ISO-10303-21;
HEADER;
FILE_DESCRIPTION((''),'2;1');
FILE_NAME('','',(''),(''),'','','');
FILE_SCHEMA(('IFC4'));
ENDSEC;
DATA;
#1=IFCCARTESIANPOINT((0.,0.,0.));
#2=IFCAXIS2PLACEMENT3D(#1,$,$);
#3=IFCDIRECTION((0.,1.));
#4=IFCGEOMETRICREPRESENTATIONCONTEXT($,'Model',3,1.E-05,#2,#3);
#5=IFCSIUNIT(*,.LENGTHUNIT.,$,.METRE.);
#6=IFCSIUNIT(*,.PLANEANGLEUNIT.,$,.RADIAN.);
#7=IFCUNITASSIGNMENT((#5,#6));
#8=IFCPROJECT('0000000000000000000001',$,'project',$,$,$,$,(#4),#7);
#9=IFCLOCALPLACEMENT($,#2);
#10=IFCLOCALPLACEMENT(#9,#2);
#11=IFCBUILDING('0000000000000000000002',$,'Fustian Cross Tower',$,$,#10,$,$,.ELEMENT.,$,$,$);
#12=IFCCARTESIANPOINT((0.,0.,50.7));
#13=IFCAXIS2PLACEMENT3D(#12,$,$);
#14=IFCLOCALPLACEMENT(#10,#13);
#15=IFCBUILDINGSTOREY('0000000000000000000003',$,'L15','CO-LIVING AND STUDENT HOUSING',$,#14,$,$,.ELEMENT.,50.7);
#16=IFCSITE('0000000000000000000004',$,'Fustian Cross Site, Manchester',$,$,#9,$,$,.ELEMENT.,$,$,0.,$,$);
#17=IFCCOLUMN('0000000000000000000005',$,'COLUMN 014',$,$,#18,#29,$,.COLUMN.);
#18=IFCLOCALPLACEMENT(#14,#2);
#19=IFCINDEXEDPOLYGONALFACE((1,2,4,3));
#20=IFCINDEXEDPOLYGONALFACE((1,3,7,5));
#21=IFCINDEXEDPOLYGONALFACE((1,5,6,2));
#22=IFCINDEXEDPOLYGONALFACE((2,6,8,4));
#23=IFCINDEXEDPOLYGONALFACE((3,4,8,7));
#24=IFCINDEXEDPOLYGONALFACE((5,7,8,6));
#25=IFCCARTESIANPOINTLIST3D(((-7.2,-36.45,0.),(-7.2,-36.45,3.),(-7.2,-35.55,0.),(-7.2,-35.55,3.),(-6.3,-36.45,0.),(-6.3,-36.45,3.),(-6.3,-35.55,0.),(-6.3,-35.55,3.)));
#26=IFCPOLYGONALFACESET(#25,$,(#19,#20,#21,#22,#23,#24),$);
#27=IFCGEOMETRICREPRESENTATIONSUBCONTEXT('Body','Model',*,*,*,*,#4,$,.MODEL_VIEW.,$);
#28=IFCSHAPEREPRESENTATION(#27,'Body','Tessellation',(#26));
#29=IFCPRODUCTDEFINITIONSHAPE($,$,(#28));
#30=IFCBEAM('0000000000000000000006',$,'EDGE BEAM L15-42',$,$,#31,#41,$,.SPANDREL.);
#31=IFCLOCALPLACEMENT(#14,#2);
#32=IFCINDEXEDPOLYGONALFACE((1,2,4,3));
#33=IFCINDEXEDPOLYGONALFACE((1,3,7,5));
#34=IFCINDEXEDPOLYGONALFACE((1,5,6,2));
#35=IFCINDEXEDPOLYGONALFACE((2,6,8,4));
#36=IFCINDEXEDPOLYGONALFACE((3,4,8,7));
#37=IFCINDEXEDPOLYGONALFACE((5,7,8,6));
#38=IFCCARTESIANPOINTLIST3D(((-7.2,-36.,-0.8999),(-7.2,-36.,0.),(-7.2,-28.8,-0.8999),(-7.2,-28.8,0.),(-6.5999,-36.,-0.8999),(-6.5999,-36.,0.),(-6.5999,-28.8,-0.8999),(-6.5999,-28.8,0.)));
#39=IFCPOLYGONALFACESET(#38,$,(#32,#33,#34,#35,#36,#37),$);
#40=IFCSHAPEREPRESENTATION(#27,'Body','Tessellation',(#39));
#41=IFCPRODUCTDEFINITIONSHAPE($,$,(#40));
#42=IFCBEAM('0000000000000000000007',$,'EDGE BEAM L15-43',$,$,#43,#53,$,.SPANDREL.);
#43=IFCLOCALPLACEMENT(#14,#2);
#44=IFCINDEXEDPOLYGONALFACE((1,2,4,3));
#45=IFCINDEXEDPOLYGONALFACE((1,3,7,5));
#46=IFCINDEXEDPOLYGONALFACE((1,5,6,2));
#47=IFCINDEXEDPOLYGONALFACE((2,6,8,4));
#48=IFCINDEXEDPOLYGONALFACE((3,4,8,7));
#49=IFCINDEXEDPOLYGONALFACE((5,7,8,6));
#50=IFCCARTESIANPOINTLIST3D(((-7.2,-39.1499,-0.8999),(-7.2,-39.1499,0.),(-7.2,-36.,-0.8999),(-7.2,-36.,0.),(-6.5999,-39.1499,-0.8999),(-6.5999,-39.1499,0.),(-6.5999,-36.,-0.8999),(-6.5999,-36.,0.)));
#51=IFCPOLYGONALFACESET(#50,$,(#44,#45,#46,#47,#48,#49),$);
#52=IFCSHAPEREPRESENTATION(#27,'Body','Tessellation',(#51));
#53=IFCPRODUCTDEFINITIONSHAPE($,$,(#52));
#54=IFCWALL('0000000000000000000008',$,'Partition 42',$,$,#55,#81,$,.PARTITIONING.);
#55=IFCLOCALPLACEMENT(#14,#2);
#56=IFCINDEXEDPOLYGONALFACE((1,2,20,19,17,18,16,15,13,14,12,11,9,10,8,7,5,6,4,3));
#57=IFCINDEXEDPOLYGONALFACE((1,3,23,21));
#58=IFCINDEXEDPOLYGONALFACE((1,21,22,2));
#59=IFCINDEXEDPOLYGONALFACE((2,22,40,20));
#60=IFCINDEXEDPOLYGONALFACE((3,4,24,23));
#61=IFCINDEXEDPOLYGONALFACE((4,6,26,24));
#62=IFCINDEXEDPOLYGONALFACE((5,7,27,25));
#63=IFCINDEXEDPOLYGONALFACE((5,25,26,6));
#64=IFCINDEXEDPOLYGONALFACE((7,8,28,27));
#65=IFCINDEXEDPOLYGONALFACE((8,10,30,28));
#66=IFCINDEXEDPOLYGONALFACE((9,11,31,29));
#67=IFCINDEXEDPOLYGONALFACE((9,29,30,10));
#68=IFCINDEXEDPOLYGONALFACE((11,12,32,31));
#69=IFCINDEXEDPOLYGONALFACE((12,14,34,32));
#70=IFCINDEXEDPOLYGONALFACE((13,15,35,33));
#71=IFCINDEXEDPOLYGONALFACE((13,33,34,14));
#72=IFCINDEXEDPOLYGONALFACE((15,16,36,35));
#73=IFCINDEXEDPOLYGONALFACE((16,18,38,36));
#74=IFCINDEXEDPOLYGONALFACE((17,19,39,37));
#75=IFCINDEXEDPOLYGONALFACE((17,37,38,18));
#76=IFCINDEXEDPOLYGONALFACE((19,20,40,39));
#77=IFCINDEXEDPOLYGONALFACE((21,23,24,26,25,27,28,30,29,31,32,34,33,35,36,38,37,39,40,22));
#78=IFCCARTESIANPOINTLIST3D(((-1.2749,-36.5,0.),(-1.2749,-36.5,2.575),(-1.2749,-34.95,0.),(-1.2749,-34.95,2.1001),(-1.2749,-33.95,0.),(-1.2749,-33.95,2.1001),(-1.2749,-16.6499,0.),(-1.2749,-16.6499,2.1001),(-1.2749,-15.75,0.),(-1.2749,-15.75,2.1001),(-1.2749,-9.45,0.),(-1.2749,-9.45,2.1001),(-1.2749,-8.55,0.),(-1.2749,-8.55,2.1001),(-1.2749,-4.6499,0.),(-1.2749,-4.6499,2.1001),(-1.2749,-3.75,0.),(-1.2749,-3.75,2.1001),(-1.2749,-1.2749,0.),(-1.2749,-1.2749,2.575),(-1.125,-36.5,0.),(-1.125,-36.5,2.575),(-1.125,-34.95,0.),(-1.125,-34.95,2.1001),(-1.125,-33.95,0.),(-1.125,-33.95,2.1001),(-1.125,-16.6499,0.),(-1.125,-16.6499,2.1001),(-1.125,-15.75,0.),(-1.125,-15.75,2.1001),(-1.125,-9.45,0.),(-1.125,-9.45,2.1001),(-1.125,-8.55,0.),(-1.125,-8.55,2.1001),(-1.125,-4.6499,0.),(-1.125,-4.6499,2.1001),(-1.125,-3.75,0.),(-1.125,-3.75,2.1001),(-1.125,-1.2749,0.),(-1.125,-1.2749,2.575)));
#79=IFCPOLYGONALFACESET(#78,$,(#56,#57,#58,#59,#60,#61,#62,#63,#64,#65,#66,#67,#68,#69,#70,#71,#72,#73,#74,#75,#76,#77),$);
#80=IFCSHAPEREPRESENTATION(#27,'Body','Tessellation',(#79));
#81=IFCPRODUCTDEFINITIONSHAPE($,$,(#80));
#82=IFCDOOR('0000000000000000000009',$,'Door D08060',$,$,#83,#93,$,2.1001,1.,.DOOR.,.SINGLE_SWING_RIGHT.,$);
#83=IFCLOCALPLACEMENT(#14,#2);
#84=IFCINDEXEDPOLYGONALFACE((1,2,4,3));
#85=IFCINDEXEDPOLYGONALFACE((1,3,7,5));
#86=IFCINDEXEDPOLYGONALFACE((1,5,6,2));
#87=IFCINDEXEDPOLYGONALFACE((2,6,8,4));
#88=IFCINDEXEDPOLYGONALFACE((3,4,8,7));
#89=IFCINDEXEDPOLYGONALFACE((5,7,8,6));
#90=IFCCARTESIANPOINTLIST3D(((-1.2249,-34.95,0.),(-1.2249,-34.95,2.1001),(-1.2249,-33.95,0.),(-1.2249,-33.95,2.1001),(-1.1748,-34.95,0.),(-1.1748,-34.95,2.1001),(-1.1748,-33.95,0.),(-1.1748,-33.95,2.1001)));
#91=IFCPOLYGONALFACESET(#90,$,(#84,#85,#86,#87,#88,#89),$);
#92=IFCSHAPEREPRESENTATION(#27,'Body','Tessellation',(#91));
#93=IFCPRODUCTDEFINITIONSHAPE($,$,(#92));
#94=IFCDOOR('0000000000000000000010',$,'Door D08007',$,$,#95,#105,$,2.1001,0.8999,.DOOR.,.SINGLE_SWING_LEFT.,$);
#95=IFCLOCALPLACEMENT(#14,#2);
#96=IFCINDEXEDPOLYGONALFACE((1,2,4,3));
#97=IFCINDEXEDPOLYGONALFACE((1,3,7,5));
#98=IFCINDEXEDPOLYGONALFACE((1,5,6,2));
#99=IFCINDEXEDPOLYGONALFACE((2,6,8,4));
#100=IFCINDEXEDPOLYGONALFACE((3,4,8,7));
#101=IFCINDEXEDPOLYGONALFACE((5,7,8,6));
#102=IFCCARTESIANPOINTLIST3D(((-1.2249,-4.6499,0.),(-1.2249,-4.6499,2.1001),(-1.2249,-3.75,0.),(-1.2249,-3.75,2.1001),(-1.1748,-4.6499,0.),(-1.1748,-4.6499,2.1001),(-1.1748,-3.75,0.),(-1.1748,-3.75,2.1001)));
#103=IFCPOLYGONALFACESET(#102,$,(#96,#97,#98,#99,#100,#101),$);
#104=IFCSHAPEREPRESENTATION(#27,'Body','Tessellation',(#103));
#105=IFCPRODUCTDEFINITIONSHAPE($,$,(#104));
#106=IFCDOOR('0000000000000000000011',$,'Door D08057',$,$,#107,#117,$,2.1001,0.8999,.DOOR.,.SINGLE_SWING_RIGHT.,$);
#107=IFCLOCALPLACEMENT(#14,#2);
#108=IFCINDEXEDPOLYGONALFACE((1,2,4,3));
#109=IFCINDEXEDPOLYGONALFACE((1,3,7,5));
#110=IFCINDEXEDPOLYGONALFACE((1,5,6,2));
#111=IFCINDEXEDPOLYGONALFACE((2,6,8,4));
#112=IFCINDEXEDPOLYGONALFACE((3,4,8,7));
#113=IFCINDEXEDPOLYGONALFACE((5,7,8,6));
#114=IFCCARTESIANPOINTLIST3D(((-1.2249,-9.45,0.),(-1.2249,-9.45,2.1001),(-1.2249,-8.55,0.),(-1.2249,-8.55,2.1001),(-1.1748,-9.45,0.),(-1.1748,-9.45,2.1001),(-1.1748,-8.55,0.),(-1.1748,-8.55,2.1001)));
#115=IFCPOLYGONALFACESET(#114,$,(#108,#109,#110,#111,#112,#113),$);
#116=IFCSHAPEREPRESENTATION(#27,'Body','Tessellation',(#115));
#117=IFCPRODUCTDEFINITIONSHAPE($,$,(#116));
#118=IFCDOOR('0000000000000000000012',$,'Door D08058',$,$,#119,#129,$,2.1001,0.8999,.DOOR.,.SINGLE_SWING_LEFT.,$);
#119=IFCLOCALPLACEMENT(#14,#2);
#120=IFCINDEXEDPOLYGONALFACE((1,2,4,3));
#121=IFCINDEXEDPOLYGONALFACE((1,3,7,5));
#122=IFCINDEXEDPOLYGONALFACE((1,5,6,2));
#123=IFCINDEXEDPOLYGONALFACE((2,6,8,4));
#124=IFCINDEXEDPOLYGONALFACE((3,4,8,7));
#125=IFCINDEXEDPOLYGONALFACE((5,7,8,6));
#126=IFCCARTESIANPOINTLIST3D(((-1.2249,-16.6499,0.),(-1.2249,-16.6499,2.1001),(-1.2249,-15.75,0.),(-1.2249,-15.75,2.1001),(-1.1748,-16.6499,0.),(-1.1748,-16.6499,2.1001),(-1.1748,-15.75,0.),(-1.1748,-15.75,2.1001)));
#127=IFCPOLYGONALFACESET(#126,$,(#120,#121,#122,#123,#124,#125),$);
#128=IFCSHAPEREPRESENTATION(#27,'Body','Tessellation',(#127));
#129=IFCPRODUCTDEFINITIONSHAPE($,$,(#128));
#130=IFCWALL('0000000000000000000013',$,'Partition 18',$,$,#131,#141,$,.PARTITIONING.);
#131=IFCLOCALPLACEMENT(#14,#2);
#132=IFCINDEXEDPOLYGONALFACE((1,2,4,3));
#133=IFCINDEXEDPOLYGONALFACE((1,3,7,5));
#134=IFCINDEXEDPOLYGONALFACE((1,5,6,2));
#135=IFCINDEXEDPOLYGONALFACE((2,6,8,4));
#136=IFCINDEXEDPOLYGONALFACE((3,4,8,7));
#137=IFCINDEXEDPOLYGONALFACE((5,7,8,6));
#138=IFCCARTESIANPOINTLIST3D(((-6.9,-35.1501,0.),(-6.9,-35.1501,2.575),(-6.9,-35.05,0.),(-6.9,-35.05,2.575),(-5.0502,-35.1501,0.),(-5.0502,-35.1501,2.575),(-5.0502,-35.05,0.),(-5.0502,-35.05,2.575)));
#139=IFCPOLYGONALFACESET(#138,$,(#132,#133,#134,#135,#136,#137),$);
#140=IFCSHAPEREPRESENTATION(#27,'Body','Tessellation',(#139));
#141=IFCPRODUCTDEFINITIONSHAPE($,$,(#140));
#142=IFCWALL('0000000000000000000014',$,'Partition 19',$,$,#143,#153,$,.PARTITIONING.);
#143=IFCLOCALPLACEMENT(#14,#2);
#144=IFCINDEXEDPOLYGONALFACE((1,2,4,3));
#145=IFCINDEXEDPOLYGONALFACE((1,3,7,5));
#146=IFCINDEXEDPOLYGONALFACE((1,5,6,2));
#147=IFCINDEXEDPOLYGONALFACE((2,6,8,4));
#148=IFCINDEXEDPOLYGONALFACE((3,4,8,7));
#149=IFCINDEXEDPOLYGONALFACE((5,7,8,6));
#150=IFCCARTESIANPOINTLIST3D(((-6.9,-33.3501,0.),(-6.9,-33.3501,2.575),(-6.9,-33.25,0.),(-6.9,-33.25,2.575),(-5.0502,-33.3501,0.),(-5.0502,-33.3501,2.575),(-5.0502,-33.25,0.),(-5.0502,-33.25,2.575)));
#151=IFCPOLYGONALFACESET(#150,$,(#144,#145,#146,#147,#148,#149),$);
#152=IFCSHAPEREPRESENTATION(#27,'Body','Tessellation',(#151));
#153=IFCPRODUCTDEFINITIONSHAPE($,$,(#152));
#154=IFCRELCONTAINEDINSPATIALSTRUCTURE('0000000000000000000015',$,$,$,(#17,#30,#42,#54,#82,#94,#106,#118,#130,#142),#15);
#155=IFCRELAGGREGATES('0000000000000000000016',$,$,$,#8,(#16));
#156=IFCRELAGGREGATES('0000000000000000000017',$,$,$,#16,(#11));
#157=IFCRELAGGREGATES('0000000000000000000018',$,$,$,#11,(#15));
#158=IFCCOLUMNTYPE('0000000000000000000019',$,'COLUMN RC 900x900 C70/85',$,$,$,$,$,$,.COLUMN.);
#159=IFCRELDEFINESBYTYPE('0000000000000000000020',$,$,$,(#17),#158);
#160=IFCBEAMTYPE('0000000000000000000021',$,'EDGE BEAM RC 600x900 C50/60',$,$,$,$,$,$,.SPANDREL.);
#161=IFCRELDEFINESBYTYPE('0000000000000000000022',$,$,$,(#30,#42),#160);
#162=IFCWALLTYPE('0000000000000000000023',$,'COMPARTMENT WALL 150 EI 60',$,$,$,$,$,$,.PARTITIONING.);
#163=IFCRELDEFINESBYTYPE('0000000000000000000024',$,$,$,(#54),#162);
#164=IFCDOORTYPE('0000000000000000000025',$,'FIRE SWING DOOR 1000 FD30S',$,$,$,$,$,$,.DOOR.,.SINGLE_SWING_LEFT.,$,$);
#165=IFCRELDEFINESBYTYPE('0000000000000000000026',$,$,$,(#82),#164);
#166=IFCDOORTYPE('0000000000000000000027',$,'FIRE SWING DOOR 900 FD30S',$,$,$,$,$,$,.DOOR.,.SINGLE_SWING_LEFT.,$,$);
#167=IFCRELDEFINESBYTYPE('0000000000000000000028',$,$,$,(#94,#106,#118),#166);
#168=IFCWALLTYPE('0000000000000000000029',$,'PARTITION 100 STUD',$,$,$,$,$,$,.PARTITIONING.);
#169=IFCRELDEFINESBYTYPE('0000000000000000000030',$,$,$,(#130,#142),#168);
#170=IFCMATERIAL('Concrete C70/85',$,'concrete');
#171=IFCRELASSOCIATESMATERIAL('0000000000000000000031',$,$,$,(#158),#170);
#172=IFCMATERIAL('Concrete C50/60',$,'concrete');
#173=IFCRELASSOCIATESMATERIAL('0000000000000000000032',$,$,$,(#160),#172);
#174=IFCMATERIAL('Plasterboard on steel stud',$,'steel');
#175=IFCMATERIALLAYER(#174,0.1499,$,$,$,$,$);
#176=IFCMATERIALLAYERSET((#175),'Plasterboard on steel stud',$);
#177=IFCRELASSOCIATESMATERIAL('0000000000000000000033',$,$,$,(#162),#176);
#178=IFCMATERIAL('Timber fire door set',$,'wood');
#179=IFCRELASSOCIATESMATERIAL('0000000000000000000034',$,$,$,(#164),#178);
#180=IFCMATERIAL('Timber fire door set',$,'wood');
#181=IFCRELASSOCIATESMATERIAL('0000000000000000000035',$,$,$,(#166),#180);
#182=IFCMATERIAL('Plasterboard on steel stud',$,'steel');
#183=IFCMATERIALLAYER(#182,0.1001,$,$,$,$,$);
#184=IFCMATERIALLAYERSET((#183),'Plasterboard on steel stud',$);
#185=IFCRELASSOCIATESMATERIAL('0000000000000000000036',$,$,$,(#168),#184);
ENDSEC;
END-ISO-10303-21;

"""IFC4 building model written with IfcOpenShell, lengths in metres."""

from ifc_helpers import new_model, si_unit, direction, frame, frame_2d, origin, origin_2d, place, context, subcontext, project, spatial, rectangle, extrude, material, layer, layer_set, material_profile, profile_set, type_object, element, fill, save


model = new_model("IFC4")

# Units and contexts
model_context = context("Model", 3, precision=1e-05, world=origin(), true_north=direction((0.0, 1.0)))
body_context = subcontext(model_context, "Body", "Model", "MODEL_VIEW")
ifc_project = project(units=[si_unit("LENGTHUNIT", "METRE"), si_unit("PLANEANGLEUNIT", "RADIAN")], contexts=[model_context])

# Site, building, storey
site_placement = place(None, origin())
site = spatial("IfcSite", under=ifc_project, at=site_placement, Name="Fustian Cross Site, Manchester", CompositionType="ELEMENT", RefElevation=0.0)
building_placement = place(site_placement, origin())
building = spatial("IfcBuilding", under=site, at=building_placement, Name="Fustian Cross Tower", CompositionType="ELEMENT")
storey_placement = place(building_placement, frame((0.0, 0.0, 50.7)))
storey = spatial("IfcBuildingStorey", under=building, at=storey_placement, Name="L15", Description="CO-LIVING AND STUDENT HOUSING", CompositionType="ELEMENT", Elevation=50.7)

# Column
ifc_material_1 = material(Name="Concrete C70/85", Category="concrete")
ifc_material_profile_1 = material_profile(ifc_material_1, rectangle(XDim=0.8999, YDim=0.8999, at=origin_2d()), Name="RC 900x900")
ifc_profile_set_1 = profile_set([ifc_material_profile_1], Name="Concrete C70/85")
column_type = type_object("IfcColumnType", Name="COLUMN RC 900x900 C70/85", PredefinedType="COLUMN", material=ifc_profile_set_1)
column_placement = place(storey_placement, frame((-6.75, -36.0, 0.0), z_axis=(0.0, 0.0, 1.0), x_axis=(1.0, 0.0, 0.0)))
element("IfcColumn", 1, at=column_placement, inside=storey, type_object=column_type, Name="COLUMN 014", PredefinedType="COLUMN", context=body_context, shape_type="SweptSolid", body=[
    extrude(rectangle(XDim=0.8999, YDim=0.8999, at=origin_2d()), origin(), (0.0, 0.0, 1.0), 3.0),
])

# Beams
ifc_material_2 = material(Name="Concrete C50/60", Category="concrete")
ifc_material_profile_2 = material_profile(ifc_material_2, rectangle(XDim=0.6001, YDim=0.8999, at=origin_2d()), Name="RC 600x900")
ifc_profile_set_2 = profile_set([ifc_material_profile_2], Name="Concrete C50/60")
beam_type = type_object("IfcBeamType", Name="EDGE BEAM RC 600x900 C50/60", PredefinedType="SPANDREL", material=ifc_profile_set_2)
beam_1_placement = place(storey_placement, frame((-6.8999, -28.8, -0.45), z_axis=(0.0, -1.0, 0.0), x_axis=(1.0, 0.0, 0.0)))
element("IfcBeam", 2, at=beam_1_placement, inside=storey, type_object=beam_type, Name="EDGE BEAM L15-42", PredefinedType="SPANDREL", context=body_context, shape_type="SweptSolid", body=[
    extrude(rectangle(XDim=0.6001, YDim=0.8999, at=origin_2d()), origin(), (0.0, 0.0, 1.0), 7.2),
])
beam_2_placement = place(storey_placement, frame((-6.8999, -36.0, -0.45), z_axis=(0.0, -1.0, 0.0), x_axis=(1.0, 0.0, 0.0)))
element("IfcBeam", 3, at=beam_2_placement, inside=storey, type_object=beam_type, Name="EDGE BEAM L15-43", PredefinedType="SPANDREL", context=body_context, shape_type="SweptSolid", body=[
    extrude(rectangle(XDim=0.6001, YDim=0.8999, at=origin_2d()), origin(), (0.0, 0.0, 1.0), 3.1499),
])

# Wall, openings, doors
ifc_material_3 = material(Name="Plasterboard on steel stud", Category="steel")
ifc_layer_1 = layer(ifc_material_3, 0.1499)
ifc_layer_set_1 = layer_set([ifc_layer_1], Name="Plasterboard on steel stud")
wall_type_1 = type_object("IfcWallType", Name="COMPARTMENT WALL 150 EI 60", PredefinedType="PARTITIONING", material=ifc_layer_set_1)
wall_1_placement = place(storey_placement, frame((-1.2, -36.5, 0.0), z_axis=(0.0, 0.0, 1.0), x_axis=(0.0, 1.0, 0.0)))
wall_1 = element("IfcWall", 4, at=wall_1_placement, inside=storey, type_object=wall_type_1, Name="Partition 42", PredefinedType="PARTITIONING", context=body_context, shape_type="SweptSolid", body=[
    extrude(rectangle(XDim=35.2251, YDim=0.1499, at=frame_2d((17.6125, 0.0))), origin(), (0.0, 0.0, 1.0), 2.575),
])
opening_1_placement = place(wall_1_placement, frame((31.8501, 0.0, 0.0)))
opening_1 = element("IfcOpeningElement", 5, at=opening_1_placement, cuts=wall_1, PredefinedType="OPENING", context=body_context, shape_type="SweptSolid", body=[
    extrude(rectangle(XDim=0.8999, YDim=2.1001, at=frame_2d((0.45, 1.05))), frame((0.0, 0.085, 0.0), z_axis=(0.0, -1.0, 0.0), x_axis=(1.0, 0.0, 0.0)), (0.0, 0.0, 1.0), 0.1699),
])
opening_2_placement = place(wall_1_placement, frame((27.05, 0.0, 0.0)))
opening_2 = element("IfcOpeningElement", 6, at=opening_2_placement, cuts=wall_1, PredefinedType="OPENING", context=body_context, shape_type="SweptSolid", body=[
    extrude(rectangle(XDim=0.8999, YDim=2.1001, at=frame_2d((0.45, 1.05))), frame((0.0, 0.085, 0.0), z_axis=(0.0, -1.0, 0.0), x_axis=(1.0, 0.0, 0.0)), (0.0, 0.0, 1.0), 0.1699),
])
opening_3_placement = place(wall_1_placement, frame((19.8501, 0.0, 0.0)))
opening_3 = element("IfcOpeningElement", 7, at=opening_3_placement, cuts=wall_1, PredefinedType="OPENING", context=body_context, shape_type="SweptSolid", body=[
    extrude(rectangle(XDim=0.8999, YDim=2.1001, at=frame_2d((0.45, 1.05))), frame((0.0, 0.085, 0.0), z_axis=(0.0, -1.0, 0.0), x_axis=(1.0, 0.0, 0.0)), (0.0, 0.0, 1.0), 0.1699),
])
opening_4_placement = place(wall_1_placement, frame((1.55, 0.0, 0.0)))
opening_4 = element("IfcOpeningElement", 8, at=opening_4_placement, cuts=wall_1, PredefinedType="OPENING", context=body_context, shape_type="SweptSolid", body=[
    extrude(rectangle(XDim=1.0, YDim=2.1001, at=frame_2d((0.5, 1.05))), frame((0.0, 0.085, 0.0), z_axis=(0.0, -1.0, 0.0), x_axis=(1.0, 0.0, 0.0)), (0.0, 0.0, 1.0), 0.1699),
])
ifc_material_4 = material(Name="Timber fire door set", Category="wood")
door_type_1 = type_object("IfcDoorType", Name="FIRE SWING DOOR 1000 FD30S", OperationType="SINGLE_SWING_LEFT", PredefinedType="DOOR", material=ifc_material_4)
door_1_placement = place(opening_4_placement, origin())
door_1 = element("IfcDoor", 9, at=door_1_placement, inside=storey, type_object=door_type_1, Name="Door D08060", OperationType="SINGLE_SWING_RIGHT", OverallHeight=2.1001, OverallWidth=1.0, PredefinedType="DOOR", context=body_context, shape_type="SweptSolid", body=[
    extrude(rectangle(XDim=1.0, YDim=2.1001, at=frame_2d((0.5, 1.05))), frame((0.0, 0.0249, 0.0), z_axis=(0.0, -1.0, 0.0), x_axis=(1.0, 0.0, 0.0)), (0.0, 0.0, 1.0), 0.05),
])
fill(opening_4, door_1)
ifc_material_5 = material(Name="Timber fire door set", Category="wood")
door_type_2 = type_object("IfcDoorType", Name="FIRE SWING DOOR 900 FD30S", OperationType="SINGLE_SWING_LEFT", PredefinedType="DOOR", material=ifc_material_5)
door_2_placement = place(opening_1_placement, origin())
door_2 = element("IfcDoor", 10, at=door_2_placement, inside=storey, type_object=door_type_2, Name="Door D08007", OperationType="SINGLE_SWING_LEFT", OverallHeight=2.1001, OverallWidth=0.8999, PredefinedType="DOOR", context=body_context, shape_type="SweptSolid", body=[
    extrude(rectangle(XDim=0.8999, YDim=2.1001, at=frame_2d((0.45, 1.05))), frame((0.0, 0.0249, 0.0), z_axis=(0.0, -1.0, 0.0), x_axis=(1.0, 0.0, 0.0)), (0.0, 0.0, 1.0), 0.05),
])
fill(opening_1, door_2)
door_3_placement = place(opening_2_placement, origin())
door_3 = element("IfcDoor", 11, at=door_3_placement, inside=storey, type_object=door_type_2, Name="Door D08057", OperationType="SINGLE_SWING_RIGHT", OverallHeight=2.1001, OverallWidth=0.8999, PredefinedType="DOOR", context=body_context, shape_type="SweptSolid", body=[
    extrude(rectangle(XDim=0.8999, YDim=2.1001, at=frame_2d((0.45, 1.05))), frame((0.0, 0.0249, 0.0), z_axis=(0.0, -1.0, 0.0), x_axis=(1.0, 0.0, 0.0)), (0.0, 0.0, 1.0), 0.05),
])
fill(opening_2, door_3)
door_4_placement = place(opening_3_placement, origin())
door_4 = element("IfcDoor", 12, at=door_4_placement, inside=storey, type_object=door_type_2, Name="Door D08058", OperationType="SINGLE_SWING_LEFT", OverallHeight=2.1001, OverallWidth=0.8999, PredefinedType="DOOR", context=body_context, shape_type="SweptSolid", body=[
    extrude(rectangle(XDim=0.8999, YDim=2.1001, at=frame_2d((0.45, 1.05))), frame((0.0, 0.0249, 0.0), z_axis=(0.0, -1.0, 0.0), x_axis=(1.0, 0.0, 0.0)), (0.0, 0.0, 1.0), 0.05),
])
fill(opening_3, door_4)

# Walls
ifc_material_6 = material(Name="Plasterboard on steel stud", Category="steel")
ifc_layer_2 = layer(ifc_material_6, 0.1001)
ifc_layer_set_2 = layer_set([ifc_layer_2], Name="Plasterboard on steel stud")
wall_type_2 = type_object("IfcWallType", Name="PARTITION 100 STUD", PredefinedType="PARTITIONING", material=ifc_layer_set_2)
for number, where, z_axis, x_axis, name in (
    (13, (-6.8999, -35.1001, 0.0), (0.0, 0.0, 1.0), (1.0, 0.0, 0.0), "Partition 18"),
    (14, (-6.8999, -33.3, 0.0), (0.0, 0.0, 1.0), (1.0, 0.0, 0.0), "Partition 19"),
):
    element("IfcWall", number, at=place(storey_placement, frame(where, z_axis=z_axis, x_axis=x_axis)), inside=storey, type_object=wall_type_2, Name=name, PredefinedType="PARTITIONING", context=body_context, shape_type="SweptSolid", body=[
        extrude(rectangle(XDim=1.8499, YDim=0.1001, at=frame_2d((0.9248, 0.0))), origin(), (0.0, 0.0, 1.0), 2.575),
    ])

save(model, "model.ifc")
